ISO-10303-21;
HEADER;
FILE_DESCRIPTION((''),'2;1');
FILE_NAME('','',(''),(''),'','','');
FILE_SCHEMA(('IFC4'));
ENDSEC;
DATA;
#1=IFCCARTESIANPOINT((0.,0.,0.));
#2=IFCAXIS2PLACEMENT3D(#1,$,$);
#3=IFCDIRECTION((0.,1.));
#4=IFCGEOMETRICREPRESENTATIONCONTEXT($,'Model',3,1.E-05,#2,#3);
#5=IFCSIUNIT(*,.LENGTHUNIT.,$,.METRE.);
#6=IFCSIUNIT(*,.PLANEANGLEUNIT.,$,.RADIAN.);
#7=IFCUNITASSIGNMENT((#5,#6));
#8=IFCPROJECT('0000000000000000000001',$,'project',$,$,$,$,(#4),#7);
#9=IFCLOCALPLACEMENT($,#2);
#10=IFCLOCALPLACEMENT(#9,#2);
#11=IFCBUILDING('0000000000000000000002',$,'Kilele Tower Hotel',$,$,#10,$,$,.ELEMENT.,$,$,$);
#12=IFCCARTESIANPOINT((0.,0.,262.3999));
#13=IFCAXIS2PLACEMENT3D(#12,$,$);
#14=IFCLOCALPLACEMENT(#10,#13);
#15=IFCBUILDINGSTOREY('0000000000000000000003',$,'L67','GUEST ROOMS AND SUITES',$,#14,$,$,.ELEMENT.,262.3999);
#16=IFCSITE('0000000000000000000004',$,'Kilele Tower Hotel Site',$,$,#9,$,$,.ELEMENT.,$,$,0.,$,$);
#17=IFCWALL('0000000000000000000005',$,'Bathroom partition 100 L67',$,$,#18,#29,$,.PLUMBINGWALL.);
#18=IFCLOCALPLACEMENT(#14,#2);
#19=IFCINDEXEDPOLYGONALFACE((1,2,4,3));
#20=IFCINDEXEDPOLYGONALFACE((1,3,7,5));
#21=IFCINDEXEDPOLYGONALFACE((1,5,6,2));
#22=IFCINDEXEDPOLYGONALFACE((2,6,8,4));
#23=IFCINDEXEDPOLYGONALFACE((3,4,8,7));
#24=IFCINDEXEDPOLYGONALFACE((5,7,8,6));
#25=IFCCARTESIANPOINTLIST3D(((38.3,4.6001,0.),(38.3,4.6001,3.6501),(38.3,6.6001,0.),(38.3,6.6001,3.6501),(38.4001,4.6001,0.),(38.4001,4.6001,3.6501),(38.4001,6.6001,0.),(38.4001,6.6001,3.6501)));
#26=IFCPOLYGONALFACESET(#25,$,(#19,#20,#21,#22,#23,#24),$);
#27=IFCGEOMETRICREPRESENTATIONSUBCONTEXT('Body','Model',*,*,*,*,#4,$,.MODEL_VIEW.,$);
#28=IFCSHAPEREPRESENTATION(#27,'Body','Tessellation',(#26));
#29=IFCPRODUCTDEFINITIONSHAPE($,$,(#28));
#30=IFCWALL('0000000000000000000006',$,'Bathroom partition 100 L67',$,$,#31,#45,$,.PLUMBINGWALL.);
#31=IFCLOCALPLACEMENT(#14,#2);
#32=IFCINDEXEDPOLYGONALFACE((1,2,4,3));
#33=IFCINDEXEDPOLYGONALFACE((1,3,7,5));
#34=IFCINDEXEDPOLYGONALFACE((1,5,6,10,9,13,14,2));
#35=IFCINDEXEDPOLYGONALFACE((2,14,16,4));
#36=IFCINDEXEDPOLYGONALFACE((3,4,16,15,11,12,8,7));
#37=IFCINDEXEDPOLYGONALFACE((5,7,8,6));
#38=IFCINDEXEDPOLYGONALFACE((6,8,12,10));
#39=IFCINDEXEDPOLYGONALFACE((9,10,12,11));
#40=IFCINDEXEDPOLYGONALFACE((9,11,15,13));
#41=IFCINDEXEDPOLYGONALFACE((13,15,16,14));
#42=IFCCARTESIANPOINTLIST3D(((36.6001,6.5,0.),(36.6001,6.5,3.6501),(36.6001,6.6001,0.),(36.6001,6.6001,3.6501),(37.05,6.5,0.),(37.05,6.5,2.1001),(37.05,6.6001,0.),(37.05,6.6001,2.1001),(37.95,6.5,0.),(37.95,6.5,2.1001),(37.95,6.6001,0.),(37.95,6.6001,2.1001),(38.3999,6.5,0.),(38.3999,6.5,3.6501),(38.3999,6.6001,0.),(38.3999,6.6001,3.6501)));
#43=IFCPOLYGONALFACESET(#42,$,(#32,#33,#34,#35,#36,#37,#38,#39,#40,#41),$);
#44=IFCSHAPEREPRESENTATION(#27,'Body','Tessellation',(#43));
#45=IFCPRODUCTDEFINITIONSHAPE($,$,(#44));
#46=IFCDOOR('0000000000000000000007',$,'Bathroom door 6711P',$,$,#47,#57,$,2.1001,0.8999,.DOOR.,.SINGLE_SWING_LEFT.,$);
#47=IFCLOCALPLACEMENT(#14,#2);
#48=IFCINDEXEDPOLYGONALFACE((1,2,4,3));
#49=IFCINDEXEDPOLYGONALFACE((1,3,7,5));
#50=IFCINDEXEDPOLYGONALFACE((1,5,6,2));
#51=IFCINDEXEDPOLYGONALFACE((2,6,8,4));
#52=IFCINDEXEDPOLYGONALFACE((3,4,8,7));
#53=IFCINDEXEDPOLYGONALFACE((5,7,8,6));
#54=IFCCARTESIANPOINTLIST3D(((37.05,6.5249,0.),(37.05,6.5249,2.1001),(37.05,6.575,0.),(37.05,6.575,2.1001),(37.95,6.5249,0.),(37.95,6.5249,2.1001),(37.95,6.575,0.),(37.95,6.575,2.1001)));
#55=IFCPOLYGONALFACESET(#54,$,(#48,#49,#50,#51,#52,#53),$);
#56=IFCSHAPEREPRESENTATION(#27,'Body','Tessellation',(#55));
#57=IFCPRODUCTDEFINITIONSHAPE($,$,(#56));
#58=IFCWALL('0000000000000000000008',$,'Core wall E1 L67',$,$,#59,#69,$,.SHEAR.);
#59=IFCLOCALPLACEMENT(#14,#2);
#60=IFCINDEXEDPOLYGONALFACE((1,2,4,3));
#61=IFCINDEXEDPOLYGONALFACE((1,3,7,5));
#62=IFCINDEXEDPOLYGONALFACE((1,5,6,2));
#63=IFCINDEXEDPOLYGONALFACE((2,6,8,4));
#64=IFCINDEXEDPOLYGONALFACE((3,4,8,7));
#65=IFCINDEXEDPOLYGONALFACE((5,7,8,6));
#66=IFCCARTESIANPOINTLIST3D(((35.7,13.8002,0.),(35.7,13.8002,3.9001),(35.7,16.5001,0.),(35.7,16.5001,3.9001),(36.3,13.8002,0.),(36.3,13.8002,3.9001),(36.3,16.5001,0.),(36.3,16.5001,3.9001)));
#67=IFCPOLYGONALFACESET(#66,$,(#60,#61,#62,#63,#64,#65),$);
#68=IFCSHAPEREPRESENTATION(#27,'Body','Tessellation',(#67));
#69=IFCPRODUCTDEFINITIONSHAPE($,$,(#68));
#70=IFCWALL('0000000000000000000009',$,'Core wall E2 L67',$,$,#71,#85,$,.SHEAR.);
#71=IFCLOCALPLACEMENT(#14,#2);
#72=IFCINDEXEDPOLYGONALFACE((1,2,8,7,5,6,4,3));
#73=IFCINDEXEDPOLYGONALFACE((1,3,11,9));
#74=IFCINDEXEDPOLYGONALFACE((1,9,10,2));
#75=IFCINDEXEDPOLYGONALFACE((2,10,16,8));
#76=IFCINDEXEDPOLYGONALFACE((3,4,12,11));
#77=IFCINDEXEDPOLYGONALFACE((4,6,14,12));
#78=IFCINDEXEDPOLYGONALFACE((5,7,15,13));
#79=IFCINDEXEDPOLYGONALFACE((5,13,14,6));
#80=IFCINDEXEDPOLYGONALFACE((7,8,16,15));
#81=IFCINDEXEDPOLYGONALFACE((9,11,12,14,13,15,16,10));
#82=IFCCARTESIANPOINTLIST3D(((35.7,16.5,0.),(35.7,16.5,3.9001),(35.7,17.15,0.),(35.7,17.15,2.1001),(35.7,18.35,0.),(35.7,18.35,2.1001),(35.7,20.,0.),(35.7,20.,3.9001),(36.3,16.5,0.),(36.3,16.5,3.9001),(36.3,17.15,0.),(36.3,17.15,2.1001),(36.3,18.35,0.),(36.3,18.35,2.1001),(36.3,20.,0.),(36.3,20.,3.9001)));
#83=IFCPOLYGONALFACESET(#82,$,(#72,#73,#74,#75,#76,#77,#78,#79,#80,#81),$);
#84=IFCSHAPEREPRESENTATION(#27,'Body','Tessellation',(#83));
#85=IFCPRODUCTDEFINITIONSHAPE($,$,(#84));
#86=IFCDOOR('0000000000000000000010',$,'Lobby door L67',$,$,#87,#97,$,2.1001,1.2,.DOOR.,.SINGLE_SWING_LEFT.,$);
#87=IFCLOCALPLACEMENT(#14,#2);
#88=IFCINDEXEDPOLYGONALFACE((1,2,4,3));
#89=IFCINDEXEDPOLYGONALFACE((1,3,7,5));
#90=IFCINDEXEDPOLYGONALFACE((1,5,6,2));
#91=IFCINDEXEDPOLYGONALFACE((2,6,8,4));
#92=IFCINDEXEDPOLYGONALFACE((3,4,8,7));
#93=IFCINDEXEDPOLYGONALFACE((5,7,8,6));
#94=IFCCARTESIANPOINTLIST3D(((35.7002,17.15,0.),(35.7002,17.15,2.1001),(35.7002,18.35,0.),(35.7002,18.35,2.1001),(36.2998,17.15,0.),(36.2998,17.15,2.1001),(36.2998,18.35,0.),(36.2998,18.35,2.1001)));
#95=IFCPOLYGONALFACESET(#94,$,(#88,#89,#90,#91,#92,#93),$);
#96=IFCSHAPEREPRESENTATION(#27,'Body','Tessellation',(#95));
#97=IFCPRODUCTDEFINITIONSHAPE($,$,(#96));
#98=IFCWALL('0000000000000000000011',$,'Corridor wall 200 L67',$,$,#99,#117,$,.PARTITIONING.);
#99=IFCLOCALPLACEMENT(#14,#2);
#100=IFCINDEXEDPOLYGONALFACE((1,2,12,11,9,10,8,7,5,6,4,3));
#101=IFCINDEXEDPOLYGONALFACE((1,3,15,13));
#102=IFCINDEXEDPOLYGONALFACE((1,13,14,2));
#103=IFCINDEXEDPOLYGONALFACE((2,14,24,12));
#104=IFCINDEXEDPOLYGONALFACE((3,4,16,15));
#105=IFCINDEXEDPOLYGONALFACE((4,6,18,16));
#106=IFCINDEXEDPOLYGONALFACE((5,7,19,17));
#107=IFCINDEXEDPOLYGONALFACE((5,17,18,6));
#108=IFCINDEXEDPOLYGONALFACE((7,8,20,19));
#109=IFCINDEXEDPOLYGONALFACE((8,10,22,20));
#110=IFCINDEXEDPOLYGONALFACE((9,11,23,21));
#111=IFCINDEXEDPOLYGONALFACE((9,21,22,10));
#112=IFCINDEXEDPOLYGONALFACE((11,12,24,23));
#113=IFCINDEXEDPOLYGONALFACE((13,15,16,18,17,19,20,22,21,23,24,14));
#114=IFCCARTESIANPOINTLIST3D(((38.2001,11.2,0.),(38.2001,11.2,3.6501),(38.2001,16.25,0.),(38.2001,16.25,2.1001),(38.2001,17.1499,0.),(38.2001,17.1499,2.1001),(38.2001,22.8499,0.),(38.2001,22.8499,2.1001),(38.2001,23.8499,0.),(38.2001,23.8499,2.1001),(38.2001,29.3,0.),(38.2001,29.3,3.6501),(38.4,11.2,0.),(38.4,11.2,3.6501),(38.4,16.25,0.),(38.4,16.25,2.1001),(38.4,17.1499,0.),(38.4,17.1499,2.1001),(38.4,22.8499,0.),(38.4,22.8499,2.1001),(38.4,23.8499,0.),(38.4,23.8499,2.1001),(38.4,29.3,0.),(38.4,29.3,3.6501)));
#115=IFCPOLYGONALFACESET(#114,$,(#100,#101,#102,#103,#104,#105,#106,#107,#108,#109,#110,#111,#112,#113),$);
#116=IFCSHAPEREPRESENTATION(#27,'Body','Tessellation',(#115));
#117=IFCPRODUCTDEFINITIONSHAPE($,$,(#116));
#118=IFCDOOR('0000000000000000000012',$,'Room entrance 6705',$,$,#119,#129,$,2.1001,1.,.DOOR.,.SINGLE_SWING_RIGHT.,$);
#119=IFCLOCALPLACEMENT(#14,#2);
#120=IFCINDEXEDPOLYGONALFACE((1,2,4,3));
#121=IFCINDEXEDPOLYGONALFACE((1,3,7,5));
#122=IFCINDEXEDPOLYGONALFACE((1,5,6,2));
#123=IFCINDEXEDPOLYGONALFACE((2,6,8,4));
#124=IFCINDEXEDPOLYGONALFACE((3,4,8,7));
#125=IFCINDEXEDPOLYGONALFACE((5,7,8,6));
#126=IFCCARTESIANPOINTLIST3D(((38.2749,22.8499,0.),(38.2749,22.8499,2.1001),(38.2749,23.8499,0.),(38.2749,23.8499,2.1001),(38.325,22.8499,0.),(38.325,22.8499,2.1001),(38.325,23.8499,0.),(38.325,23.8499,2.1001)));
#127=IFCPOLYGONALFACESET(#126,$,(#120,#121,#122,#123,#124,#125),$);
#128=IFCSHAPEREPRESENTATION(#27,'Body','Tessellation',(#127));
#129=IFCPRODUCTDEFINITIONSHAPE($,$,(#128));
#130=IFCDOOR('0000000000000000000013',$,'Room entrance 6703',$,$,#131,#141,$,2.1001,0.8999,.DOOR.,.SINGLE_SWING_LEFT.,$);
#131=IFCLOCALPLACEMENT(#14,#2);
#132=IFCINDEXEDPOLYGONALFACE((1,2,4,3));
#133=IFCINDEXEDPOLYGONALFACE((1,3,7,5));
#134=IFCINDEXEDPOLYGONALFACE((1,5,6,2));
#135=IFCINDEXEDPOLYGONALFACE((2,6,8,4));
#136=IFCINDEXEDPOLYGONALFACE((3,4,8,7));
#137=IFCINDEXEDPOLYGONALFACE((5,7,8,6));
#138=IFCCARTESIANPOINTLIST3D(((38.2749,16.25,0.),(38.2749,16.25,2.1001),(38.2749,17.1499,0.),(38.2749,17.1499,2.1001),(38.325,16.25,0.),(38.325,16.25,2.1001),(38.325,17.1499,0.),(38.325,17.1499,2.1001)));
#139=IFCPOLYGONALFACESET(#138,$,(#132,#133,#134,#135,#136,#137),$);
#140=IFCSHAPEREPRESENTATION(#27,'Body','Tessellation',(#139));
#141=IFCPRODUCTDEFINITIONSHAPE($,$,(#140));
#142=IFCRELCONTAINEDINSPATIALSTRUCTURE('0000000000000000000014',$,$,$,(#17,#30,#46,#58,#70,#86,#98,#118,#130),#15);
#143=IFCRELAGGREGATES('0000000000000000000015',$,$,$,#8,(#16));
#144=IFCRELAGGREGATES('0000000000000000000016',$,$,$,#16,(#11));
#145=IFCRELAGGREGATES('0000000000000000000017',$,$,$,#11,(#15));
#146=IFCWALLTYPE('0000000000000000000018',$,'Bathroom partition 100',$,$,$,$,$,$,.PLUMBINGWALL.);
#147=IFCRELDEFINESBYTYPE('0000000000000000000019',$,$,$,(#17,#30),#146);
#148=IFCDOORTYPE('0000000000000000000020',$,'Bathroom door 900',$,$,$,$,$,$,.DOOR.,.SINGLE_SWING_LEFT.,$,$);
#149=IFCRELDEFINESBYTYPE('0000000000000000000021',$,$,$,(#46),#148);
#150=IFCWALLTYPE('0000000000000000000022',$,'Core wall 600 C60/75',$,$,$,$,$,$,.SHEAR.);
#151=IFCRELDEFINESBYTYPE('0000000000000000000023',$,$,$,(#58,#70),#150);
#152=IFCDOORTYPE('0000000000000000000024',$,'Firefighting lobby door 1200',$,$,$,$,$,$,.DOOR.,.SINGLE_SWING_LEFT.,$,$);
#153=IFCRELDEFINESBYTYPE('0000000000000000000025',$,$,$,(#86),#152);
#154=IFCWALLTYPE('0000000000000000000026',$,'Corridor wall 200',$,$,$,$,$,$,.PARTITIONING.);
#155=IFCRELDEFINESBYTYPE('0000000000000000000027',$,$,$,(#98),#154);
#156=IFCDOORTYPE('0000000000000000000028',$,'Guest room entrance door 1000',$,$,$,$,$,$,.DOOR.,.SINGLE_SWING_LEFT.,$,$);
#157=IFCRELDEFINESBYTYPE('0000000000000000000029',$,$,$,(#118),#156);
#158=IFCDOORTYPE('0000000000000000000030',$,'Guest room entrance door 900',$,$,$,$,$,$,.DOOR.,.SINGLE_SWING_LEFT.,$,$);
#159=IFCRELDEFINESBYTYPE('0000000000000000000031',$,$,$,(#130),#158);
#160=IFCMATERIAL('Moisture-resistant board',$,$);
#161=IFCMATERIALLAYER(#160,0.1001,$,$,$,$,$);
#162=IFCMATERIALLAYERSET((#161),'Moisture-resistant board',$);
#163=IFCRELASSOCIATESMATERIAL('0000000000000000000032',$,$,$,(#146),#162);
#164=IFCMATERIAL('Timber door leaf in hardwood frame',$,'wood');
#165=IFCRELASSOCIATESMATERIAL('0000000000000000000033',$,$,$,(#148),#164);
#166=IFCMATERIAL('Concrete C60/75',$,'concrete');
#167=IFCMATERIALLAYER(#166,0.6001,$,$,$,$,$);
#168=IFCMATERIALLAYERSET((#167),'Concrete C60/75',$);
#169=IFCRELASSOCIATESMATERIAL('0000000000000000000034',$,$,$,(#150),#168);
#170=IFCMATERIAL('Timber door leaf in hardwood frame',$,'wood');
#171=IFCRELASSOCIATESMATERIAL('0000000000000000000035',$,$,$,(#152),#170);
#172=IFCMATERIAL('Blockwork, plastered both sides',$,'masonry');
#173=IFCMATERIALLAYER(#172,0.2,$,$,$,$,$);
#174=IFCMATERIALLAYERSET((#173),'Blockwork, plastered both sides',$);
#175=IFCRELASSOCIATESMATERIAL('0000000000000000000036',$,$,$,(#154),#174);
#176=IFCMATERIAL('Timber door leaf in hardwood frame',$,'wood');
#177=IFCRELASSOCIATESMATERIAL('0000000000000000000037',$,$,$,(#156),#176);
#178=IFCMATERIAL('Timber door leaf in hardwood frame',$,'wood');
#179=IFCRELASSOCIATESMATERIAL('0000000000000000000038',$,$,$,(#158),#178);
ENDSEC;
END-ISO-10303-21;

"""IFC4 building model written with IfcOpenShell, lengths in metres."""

from ifc_helpers import new_model, si_unit, direction, frame, frame_2d, origin, place, context, subcontext, project, spatial, rectangle, extrude, material, layer, layer_set, type_object, element, fill, save


model = new_model("IFC4")

# Units and contexts
model_context = context("Model", 3, precision=1e-05, world=origin(), true_north=direction((0.0, 1.0)))
body_context = subcontext(model_context, "Body", "Model", "MODEL_VIEW")
ifc_project = project(units=[si_unit("LENGTHUNIT", "METRE"), si_unit("PLANEANGLEUNIT", "RADIAN")], contexts=[model_context])

# Site, building, storey
site_placement = place(None, origin())
site = spatial("IfcSite", under=ifc_project, at=site_placement, Name="Kilele Tower Hotel Site", CompositionType="ELEMENT", RefElevation=0.0)
building_placement = place(site_placement, origin())
building = spatial("IfcBuilding", under=site, at=building_placement, Name="Kilele Tower Hotel", CompositionType="ELEMENT")
storey_placement = place(building_placement, frame((0.0, 0.0, 262.3999)))
storey = spatial("IfcBuildingStorey", under=building, at=storey_placement, Name="L67", Description="GUEST ROOMS AND SUITES", CompositionType="ELEMENT", Elevation=262.3999)

# Shared definitions
ifc_material_1 = material(Name="Moisture-resistant board")
ifc_layer_1 = layer(ifc_material_1, 0.1001)
ifc_layer_set_1 = layer_set([ifc_layer_1], Name="Moisture-resistant board")
wall_type_1 = type_object("IfcWallType", Name="Bathroom partition 100", PredefinedType="PLUMBINGWALL", material=ifc_layer_set_1)

# Shared definitions
ifc_material_2 = material(Name="Timber door leaf in hardwood frame", Category="wood")
door_type_1 = type_object("IfcDoorType", Name="Bathroom door 900", OperationType="SINGLE_SWING_LEFT", PredefinedType="DOOR", material=ifc_material_2)

# Wall
wall_1_placement = place(storey_placement, frame((38.3501, 4.6001, 0.0), z_axis=(0.0, 0.0, 1.0), x_axis=(0.0, 1.0, 0.0)))
element("IfcWall", 1, at=wall_1_placement, inside=storey, type_object=wall_type_1, Name="Bathroom partition 100 L67", PredefinedType="PLUMBINGWALL", context=body_context, shape_type="SweptSolid", body=[
    extrude(rectangle(XDim=2.0, YDim=0.1001, at=frame_2d((1.0, 0.0))), origin(), (0.0, 0.0, 1.0), 3.6501),
])

# Wall, opening, door
wall_2_placement = place(storey_placement, frame((36.6001, 6.55, 0.0), z_axis=(0.0, 0.0, 1.0), x_axis=(1.0, 0.0, 0.0)))
wall_2 = element("IfcWall", 2, at=wall_2_placement, inside=storey, type_object=wall_type_1, Name="Bathroom partition 100 L67", PredefinedType="PLUMBINGWALL", context=body_context, shape_type="SweptSolid", body=[
    extrude(rectangle(XDim=1.7998, YDim=0.1001, at=frame_2d((0.8999, 0.0))), origin(), (0.0, 0.0, 1.0), 3.6501),
])
opening_1_placement = place(wall_2_placement, frame((0.45, 0.0, 0.0)))
opening_1 = element("IfcOpeningElement", 3, at=opening_1_placement, cuts=wall_2, PredefinedType="OPENING", context=body_context, shape_type="SweptSolid", body=[
    extrude(rectangle(XDim=0.8999, YDim=2.1001, at=frame_2d((0.45, 1.05))), frame((0.0, 0.0601, 0.0), z_axis=(0.0, -1.0, 0.0), x_axis=(1.0, 0.0, 0.0)), (0.0, 0.0, 1.0), 0.1201),
])
door_1_placement = place(opening_1_placement, origin())
door_1 = element("IfcDoor", 4, at=door_1_placement, inside=storey, type_object=door_type_1, Name="Bathroom door 6711P", OperationType="SINGLE_SWING_LEFT", OverallHeight=2.1001, OverallWidth=0.8999, PredefinedType="DOOR", context=body_context, shape_type="SweptSolid", body=[
    extrude(rectangle(XDim=0.8999, YDim=2.1001, at=frame_2d((0.45, 1.05))), frame((0.0, 0.0249, 0.0), z_axis=(0.0, -1.0, 0.0), x_axis=(1.0, 0.0, 0.0)), (0.0, 0.0, 1.0), 0.05),
])
fill(opening_1, door_1)

# Wall
ifc_material_3 = material(Name="Concrete C60/75", Category="concrete")
ifc_layer_2 = layer(ifc_material_3, 0.6001)
ifc_layer_set_2 = layer_set([ifc_layer_2], Name="Concrete C60/75")
wall_type_2 = type_object("IfcWallType", Name="Core wall 600 C60/75", PredefinedType="SHEAR", material=ifc_layer_set_2)
wall_3_placement = place(storey_placement, frame((36.0, 13.8, 0.0), z_axis=(0.0, 0.0, 1.0), x_axis=(0.0, 1.0, 0.0)))
element("IfcWall", 5, at=wall_3_placement, inside=storey, type_object=wall_type_2, Name="Core wall E1 L67", PredefinedType="SHEAR", context=body_context, shape_type="SweptSolid", body=[
    extrude(rectangle(XDim=2.7, YDim=0.6001, at=frame_2d((1.3501, 0.0))), origin(), (0.0, 0.0, 1.0), 3.9001),
])

# Wall, opening, door
wall_4_placement = place(storey_placement, frame((36.0, 16.5, 0.0), z_axis=(0.0, 0.0, 1.0), x_axis=(0.0, 1.0, 0.0)))
wall_4 = element("IfcWall", 6, at=wall_4_placement, inside=storey, type_object=wall_type_2, Name="Core wall E2 L67", PredefinedType="SHEAR", context=body_context, shape_type="SweptSolid", body=[
    extrude(rectangle(XDim=3.5, YDim=0.6001, at=frame_2d((1.75, 0.0))), origin(), (0.0, 0.0, 1.0), 3.9001),
])
opening_2_placement = place(wall_4_placement, frame((0.6499, 0.0, 0.0)))
opening_2 = element("IfcOpeningElement", 7, at=opening_2_placement, cuts=wall_4, PredefinedType="OPENING", context=body_context, shape_type="SweptSolid", body=[
    extrude(rectangle(XDim=1.2, YDim=2.1001, at=frame_2d((0.6001, 1.05))), frame((0.0, 0.3101, 0.0), z_axis=(0.0, -1.0, 0.0), x_axis=(1.0, 0.0, 0.0)), (0.0, 0.0, 1.0), 0.6201),
])
ifc_material_4 = material(Name="Timber door leaf in hardwood frame", Category="wood")
door_type_2 = type_object("IfcDoorType", Name="Firefighting lobby door 1200", OperationType="SINGLE_SWING_LEFT", PredefinedType="DOOR", material=ifc_material_4)
door_2_placement = place(opening_2_placement, origin())
door_2 = element("IfcDoor", 8, at=door_2_placement, inside=storey, type_object=door_type_2, Name="Lobby door L67", OperationType="SINGLE_SWING_LEFT", OverallHeight=2.1001, OverallWidth=1.2, PredefinedType="DOOR", context=body_context, shape_type="SweptSolid", body=[
    extrude(rectangle(XDim=1.2, YDim=2.1001, at=frame_2d((0.6001, 1.05))), frame((0.0, 0.2998, 0.0), z_axis=(0.0, -1.0, 0.0), x_axis=(1.0, 0.0, 0.0)), (0.0, 0.0, 1.0), 0.5996),
])
fill(opening_2, door_2)

# Wall, openings, doors
ifc_material_5 = material(Name="Blockwork, plastered both sides", Category="masonry")
ifc_layer_3 = layer(ifc_material_5, 0.2)
ifc_layer_set_3 = layer_set([ifc_layer_3], Name="Blockwork, plastered both sides")
wall_type_3 = type_object("IfcWallType", Name="Corridor wall 200", PredefinedType="PARTITIONING", material=ifc_layer_set_3)
wall_5_placement = place(storey_placement, frame((38.3, 11.2, 0.0), z_axis=(0.0, 0.0, 1.0), x_axis=(0.0, 1.0, 0.0)))
wall_5 = element("IfcWall", 9, at=wall_5_placement, inside=storey, type_object=wall_type_3, Name="Corridor wall 200 L67", PredefinedType="PARTITIONING", context=body_context, shape_type="SweptSolid", body=[
    extrude(rectangle(XDim=18.1001, YDim=0.2, at=frame_2d((9.05, 0.0))), origin(), (0.0, 0.0, 1.0), 3.6501),
])
opening_3_placement = place(wall_5_placement, frame((5.95, 0.0, 0.0), z_axis=(0.0, 0.0, 1.0), x_axis=(-1.0, 0.0, 0.0)))
opening_3 = element("IfcOpeningElement", 10, at=opening_3_placement, cuts=wall_5, PredefinedType="OPENING", context=body_context, shape_type="SweptSolid", body=[
    extrude(rectangle(XDim=0.8999, YDim=2.1001, at=frame_2d((0.45, 1.05))), frame((0.0, 0.1099, 0.0), z_axis=(0.0, -1.0, 0.0), x_axis=(1.0, 0.0, 0.0)), (0.0, 0.0, 1.0), 0.22),
])
opening_4_placement = place(wall_5_placement, frame((12.6499, 0.0, 0.0), z_axis=(0.0, 0.0, 1.0), x_axis=(-1.0, 0.0, 0.0)))
opening_4 = element("IfcOpeningElement", 11, at=opening_4_placement, cuts=wall_5, PredefinedType="OPENING", context=body_context, shape_type="SweptSolid", body=[
    extrude(rectangle(XDim=1.0, YDim=2.1001, at=frame_2d((0.5, 1.05))), frame((0.0, 0.1099, 0.0), z_axis=(0.0, -1.0, 0.0), x_axis=(1.0, 0.0, 0.0)), (0.0, 0.0, 1.0), 0.22),
])
ifc_material_6 = material(Name="Timber door leaf in hardwood frame", Category="wood")
door_type_3 = type_object("IfcDoorType", Name="Guest room entrance door 1000", OperationType="SINGLE_SWING_LEFT", PredefinedType="DOOR", material=ifc_material_6)
door_3_placement = place(opening_4_placement, origin())
door_3 = element("IfcDoor", 12, at=door_3_placement, inside=storey, type_object=door_type_3, Name="Room entrance 6705", OperationType="SINGLE_SWING_RIGHT", OverallHeight=2.1001, OverallWidth=1.0, PredefinedType="DOOR", context=body_context, shape_type="SweptSolid", body=[
    extrude(rectangle(XDim=1.0, YDim=2.1001, at=frame_2d((0.5, 1.05))), frame((0.0, 0.0249, 0.0), z_axis=(0.0, -1.0, 0.0), x_axis=(1.0, 0.0, 0.0)), (0.0, 0.0, 1.0), 0.05),
])
fill(opening_4, door_3)
ifc_material_7 = material(Name="Timber door leaf in hardwood frame", Category="wood")
door_type_4 = type_object("IfcDoorType", Name="Guest room entrance door 900", OperationType="SINGLE_SWING_LEFT", PredefinedType="DOOR", material=ifc_material_7)
door_4_placement = place(opening_3_placement, origin())
door_4 = element("IfcDoor", 13, at=door_4_placement, inside=storey, type_object=door_type_4, Name="Room entrance 6703", OperationType="SINGLE_SWING_LEFT", OverallHeight=2.1001, OverallWidth=0.8999, PredefinedType="DOOR", context=body_context, shape_type="SweptSolid", body=[
    extrude(rectangle(XDim=0.8999, YDim=2.1001, at=frame_2d((0.45, 1.05))), frame((0.0, 0.0249, 0.0), z_axis=(0.0, -1.0, 0.0), x_axis=(1.0, 0.0, 0.0)), (0.0, 0.0, 1.0), 0.05),
])
fill(opening_3, door_4)

save(model, "model.ifc")
